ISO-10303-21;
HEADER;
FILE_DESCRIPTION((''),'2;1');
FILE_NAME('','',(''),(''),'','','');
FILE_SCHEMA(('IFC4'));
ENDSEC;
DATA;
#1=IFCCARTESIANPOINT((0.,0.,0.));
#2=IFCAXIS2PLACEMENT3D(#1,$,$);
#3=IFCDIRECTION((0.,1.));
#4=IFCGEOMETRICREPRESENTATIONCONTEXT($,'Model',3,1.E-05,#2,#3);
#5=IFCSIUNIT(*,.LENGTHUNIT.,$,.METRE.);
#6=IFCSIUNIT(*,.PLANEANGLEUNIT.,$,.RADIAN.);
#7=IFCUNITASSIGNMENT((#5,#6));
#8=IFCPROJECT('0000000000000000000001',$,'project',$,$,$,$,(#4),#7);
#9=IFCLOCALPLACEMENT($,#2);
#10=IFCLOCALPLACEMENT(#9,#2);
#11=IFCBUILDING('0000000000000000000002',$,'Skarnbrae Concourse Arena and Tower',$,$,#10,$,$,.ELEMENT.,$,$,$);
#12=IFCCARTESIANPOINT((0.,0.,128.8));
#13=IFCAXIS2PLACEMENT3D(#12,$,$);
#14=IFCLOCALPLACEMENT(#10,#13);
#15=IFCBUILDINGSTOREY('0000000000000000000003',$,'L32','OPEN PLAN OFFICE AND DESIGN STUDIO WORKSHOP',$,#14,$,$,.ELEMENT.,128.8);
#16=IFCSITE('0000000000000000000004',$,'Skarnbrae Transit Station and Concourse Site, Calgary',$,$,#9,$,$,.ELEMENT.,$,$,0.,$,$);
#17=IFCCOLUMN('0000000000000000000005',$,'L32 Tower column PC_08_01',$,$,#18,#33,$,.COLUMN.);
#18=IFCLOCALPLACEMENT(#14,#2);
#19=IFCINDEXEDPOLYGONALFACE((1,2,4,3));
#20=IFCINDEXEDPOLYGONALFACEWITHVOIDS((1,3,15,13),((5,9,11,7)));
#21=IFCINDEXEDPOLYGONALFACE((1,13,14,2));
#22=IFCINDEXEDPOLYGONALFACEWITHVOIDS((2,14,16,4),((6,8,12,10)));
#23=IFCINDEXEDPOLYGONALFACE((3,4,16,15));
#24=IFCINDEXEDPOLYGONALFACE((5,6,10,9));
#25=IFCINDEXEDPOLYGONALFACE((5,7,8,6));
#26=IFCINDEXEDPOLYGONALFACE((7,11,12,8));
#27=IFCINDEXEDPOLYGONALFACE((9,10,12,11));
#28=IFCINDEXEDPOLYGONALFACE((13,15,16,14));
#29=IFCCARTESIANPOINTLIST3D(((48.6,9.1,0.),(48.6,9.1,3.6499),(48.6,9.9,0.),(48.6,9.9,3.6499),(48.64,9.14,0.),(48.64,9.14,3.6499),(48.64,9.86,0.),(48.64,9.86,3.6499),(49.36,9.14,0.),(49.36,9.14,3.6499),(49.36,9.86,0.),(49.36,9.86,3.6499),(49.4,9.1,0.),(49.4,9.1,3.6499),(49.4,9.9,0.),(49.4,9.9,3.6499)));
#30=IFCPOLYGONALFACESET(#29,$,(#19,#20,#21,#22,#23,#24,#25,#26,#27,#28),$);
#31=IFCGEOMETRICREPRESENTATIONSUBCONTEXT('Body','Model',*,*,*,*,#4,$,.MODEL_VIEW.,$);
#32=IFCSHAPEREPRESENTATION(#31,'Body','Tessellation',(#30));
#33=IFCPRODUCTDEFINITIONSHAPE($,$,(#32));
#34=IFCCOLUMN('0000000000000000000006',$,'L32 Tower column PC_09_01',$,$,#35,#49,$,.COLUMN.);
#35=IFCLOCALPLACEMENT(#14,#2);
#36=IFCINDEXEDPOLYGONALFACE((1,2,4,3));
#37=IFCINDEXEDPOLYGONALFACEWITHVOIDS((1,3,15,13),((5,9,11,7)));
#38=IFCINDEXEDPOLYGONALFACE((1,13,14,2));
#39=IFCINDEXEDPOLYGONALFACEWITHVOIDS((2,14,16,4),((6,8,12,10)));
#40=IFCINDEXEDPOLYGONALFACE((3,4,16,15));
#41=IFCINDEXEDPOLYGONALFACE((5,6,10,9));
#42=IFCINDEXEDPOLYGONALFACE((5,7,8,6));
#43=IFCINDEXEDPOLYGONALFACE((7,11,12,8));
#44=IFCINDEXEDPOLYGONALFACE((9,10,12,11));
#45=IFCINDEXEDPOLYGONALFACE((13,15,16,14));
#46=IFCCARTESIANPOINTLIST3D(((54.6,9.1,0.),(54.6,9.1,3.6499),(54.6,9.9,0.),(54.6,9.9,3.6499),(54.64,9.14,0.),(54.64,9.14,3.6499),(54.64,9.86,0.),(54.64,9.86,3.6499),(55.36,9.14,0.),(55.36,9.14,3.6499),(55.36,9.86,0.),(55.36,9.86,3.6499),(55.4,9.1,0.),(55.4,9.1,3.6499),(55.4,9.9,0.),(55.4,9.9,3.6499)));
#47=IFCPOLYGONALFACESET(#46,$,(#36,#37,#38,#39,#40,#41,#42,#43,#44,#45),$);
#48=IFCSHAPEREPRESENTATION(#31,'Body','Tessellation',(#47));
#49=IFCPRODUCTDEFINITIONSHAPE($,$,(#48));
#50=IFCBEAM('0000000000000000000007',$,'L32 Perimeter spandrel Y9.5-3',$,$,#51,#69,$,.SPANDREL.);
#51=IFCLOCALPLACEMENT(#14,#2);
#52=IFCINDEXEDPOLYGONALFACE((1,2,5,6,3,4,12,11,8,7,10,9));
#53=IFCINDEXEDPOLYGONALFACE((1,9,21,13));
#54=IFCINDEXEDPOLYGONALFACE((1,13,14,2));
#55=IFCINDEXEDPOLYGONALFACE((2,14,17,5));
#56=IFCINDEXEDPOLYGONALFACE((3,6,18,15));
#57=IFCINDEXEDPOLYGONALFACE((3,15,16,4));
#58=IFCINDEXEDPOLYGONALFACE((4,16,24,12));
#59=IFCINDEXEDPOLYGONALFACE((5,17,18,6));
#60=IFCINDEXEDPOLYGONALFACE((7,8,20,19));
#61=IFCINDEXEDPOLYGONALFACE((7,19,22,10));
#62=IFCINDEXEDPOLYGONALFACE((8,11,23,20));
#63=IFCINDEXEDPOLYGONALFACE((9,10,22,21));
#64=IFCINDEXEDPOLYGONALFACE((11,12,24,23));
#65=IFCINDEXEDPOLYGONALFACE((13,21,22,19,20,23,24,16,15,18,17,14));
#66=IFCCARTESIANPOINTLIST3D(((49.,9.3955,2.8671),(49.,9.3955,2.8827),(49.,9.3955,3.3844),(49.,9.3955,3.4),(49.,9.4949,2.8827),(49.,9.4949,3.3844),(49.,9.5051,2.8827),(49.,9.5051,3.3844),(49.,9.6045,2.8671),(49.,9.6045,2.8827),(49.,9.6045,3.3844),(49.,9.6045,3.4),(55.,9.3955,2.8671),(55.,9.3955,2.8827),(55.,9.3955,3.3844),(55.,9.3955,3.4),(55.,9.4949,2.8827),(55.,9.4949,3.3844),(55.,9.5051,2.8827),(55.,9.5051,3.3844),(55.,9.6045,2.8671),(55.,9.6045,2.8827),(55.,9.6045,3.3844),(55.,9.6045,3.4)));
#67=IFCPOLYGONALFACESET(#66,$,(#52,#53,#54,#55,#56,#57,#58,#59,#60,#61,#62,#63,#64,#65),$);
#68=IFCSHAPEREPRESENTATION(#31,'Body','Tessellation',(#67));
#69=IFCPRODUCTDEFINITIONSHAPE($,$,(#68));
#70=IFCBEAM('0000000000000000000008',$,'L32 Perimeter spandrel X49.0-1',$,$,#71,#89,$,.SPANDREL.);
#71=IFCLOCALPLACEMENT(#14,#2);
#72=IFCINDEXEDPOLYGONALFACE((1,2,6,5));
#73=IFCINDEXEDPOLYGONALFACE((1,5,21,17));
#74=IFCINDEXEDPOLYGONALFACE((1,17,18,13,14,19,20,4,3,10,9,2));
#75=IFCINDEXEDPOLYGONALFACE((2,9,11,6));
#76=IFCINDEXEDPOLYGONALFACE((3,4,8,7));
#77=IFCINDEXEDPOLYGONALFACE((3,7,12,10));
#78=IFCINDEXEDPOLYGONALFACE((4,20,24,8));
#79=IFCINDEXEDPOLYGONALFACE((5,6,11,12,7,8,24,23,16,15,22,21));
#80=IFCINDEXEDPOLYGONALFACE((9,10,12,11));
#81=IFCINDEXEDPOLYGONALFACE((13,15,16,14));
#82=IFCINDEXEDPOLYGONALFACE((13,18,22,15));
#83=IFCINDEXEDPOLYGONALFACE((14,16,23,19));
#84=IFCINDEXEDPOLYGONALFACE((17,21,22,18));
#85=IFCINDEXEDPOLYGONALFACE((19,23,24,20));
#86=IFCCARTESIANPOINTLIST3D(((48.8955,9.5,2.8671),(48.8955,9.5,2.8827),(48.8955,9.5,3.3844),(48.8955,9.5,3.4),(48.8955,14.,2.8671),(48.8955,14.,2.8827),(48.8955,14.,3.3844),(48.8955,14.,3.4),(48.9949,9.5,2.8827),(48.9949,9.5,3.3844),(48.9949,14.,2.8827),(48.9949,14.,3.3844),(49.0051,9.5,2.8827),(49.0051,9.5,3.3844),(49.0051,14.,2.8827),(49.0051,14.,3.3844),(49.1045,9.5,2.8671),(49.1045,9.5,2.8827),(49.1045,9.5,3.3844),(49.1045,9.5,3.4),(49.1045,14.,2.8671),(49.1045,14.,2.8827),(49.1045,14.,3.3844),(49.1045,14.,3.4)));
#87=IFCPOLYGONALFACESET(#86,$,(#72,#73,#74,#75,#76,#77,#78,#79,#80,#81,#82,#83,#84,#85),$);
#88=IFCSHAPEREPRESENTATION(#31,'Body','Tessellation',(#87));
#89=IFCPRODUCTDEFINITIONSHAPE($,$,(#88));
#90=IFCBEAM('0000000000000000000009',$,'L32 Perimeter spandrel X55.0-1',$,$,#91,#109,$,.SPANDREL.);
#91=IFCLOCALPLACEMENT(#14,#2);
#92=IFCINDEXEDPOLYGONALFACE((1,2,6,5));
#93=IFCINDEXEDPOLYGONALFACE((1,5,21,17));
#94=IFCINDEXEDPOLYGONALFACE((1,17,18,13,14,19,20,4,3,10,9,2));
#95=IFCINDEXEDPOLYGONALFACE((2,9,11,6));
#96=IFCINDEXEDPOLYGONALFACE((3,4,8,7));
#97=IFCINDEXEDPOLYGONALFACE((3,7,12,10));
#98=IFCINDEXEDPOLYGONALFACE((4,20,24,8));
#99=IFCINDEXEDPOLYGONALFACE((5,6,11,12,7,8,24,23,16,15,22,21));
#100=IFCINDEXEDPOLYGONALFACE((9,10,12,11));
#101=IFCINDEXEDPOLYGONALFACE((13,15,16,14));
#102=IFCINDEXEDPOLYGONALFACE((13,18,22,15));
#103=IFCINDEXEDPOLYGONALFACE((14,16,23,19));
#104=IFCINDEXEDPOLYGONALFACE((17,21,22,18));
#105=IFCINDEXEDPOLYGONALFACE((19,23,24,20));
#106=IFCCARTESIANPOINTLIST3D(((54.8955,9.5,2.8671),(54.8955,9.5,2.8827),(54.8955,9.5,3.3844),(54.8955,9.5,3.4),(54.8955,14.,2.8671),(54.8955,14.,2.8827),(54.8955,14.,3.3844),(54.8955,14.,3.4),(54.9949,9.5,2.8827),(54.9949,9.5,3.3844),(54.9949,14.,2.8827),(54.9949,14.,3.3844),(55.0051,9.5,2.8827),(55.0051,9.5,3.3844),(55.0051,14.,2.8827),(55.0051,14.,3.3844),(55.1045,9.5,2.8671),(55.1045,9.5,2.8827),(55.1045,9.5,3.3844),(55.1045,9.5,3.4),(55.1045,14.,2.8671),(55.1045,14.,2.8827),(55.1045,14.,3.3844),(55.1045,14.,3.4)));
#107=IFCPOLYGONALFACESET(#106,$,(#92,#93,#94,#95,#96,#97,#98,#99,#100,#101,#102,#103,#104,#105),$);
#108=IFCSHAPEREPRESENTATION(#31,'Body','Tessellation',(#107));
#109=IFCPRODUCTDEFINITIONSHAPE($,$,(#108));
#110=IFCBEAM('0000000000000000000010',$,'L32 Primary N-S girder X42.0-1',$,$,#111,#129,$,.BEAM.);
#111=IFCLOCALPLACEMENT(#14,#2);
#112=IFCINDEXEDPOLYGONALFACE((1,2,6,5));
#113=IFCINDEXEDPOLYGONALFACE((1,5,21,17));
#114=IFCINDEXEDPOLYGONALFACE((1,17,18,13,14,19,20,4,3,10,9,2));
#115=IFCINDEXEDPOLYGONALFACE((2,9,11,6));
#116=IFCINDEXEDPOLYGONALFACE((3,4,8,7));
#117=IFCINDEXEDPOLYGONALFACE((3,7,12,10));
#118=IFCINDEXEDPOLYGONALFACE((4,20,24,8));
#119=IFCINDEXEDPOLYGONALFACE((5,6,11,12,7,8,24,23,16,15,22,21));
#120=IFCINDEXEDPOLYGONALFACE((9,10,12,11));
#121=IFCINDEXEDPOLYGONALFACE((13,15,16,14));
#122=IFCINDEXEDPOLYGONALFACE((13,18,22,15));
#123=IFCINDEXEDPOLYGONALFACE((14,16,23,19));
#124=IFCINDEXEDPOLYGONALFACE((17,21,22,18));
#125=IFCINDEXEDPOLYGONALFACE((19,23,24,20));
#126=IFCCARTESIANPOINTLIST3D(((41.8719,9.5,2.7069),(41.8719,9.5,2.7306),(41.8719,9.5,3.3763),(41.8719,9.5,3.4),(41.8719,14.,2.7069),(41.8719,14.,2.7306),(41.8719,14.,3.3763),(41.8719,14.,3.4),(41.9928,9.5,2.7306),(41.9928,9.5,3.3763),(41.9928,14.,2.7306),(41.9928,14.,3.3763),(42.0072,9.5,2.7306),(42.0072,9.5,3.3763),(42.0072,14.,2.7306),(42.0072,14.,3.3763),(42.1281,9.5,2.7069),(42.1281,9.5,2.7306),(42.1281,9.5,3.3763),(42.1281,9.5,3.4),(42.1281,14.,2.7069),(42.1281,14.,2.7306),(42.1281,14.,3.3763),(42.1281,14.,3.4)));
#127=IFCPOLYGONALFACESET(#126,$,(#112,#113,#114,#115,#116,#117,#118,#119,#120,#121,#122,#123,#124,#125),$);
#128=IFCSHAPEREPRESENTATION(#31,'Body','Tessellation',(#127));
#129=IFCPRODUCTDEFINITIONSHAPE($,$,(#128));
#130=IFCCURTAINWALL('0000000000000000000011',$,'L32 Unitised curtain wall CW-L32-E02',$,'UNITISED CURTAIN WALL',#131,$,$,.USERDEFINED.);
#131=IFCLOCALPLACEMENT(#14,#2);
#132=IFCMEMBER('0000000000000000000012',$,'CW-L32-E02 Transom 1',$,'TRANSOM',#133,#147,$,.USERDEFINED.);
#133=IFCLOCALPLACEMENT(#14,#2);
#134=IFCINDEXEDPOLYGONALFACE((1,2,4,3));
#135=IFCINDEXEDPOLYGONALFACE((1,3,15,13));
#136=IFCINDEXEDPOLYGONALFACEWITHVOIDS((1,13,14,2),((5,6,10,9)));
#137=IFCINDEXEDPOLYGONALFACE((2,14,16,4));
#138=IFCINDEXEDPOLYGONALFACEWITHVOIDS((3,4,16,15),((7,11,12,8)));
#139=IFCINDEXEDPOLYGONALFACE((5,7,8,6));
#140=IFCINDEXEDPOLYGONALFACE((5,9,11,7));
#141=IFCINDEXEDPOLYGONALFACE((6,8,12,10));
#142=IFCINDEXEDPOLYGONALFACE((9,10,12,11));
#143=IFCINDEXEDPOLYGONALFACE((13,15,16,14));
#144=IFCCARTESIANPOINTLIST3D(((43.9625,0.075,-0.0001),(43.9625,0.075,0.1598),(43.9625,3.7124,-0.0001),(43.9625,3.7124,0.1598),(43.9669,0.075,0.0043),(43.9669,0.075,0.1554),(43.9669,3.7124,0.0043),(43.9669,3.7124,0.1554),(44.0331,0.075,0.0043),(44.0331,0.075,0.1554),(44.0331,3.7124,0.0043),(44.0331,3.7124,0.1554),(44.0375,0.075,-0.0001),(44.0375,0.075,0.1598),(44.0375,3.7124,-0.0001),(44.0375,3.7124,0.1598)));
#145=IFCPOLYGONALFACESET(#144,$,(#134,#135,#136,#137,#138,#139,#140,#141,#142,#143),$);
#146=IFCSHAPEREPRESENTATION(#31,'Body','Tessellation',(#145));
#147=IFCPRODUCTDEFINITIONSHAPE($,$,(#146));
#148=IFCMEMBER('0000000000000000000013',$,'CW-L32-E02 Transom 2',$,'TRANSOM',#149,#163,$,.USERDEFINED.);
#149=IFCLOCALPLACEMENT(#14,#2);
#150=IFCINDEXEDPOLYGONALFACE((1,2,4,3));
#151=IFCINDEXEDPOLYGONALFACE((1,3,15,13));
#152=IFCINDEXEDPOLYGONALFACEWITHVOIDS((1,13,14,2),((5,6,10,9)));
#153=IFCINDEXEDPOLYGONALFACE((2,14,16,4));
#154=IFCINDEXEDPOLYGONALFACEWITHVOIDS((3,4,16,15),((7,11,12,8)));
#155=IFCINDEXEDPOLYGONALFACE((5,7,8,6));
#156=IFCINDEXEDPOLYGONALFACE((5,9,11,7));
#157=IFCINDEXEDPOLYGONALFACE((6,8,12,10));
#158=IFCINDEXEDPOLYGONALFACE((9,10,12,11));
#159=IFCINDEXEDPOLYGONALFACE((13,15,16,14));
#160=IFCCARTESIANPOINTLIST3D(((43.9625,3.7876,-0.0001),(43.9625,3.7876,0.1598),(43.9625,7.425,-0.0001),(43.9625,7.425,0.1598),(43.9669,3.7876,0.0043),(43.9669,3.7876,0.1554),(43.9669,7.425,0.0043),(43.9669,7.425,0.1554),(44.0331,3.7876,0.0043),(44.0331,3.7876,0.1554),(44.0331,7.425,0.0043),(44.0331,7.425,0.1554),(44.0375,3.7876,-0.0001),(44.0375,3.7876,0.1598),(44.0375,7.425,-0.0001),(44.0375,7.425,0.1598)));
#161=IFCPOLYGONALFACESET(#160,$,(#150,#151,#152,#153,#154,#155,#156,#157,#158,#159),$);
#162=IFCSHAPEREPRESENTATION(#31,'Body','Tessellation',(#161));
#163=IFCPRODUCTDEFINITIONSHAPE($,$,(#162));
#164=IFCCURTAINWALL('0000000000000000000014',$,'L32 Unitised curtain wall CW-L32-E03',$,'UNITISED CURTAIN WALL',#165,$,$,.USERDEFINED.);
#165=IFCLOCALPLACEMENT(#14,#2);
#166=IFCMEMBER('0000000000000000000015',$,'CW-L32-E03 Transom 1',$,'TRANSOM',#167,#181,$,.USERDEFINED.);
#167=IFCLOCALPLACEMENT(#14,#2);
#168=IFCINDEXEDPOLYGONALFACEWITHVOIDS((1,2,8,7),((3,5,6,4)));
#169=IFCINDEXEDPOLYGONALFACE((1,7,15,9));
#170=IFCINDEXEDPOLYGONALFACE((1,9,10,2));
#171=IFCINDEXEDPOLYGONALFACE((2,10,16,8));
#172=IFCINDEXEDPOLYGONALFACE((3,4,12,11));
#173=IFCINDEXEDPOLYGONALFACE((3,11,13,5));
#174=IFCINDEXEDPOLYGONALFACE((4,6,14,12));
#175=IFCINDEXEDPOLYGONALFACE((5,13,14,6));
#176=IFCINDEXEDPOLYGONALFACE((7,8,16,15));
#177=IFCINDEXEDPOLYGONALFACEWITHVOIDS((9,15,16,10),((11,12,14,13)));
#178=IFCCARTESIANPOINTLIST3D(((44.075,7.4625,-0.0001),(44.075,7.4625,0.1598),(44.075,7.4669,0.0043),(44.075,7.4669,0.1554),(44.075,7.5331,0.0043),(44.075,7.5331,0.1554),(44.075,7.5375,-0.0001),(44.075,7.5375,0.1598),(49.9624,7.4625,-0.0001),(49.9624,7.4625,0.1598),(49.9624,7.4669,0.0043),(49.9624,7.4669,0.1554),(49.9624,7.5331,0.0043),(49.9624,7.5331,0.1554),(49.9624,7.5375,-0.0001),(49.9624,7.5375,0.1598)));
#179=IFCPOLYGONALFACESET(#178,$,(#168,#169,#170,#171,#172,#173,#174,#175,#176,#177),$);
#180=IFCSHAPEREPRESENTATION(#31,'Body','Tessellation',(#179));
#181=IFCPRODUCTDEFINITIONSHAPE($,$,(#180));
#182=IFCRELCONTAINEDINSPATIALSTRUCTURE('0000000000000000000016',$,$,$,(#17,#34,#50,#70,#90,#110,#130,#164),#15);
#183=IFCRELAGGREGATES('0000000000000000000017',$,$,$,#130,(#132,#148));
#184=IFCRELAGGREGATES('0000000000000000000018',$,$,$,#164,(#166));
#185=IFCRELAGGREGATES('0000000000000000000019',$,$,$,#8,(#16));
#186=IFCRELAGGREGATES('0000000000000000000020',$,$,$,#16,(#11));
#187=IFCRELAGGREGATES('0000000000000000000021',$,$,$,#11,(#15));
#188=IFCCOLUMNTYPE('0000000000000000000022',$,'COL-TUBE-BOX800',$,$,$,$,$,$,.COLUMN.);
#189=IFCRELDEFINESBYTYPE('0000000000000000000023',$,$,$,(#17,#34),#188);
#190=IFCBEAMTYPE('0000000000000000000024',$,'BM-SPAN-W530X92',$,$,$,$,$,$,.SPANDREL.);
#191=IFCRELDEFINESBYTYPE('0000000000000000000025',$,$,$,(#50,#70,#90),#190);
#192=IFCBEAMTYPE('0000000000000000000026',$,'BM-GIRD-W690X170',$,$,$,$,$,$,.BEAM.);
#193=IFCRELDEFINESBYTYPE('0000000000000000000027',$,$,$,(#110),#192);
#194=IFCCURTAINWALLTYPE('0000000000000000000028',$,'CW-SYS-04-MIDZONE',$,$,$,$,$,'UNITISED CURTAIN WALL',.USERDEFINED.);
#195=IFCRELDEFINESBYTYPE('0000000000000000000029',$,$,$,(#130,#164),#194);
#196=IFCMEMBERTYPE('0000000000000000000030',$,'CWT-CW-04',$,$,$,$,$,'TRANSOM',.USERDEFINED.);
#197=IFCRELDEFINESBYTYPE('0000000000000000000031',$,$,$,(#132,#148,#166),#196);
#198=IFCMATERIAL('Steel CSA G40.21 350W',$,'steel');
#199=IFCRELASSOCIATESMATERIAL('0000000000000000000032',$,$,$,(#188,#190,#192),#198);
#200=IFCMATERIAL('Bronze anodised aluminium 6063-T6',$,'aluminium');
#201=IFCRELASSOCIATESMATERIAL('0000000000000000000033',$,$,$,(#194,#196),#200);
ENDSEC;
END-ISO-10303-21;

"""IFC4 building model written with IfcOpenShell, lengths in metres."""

from ifc_helpers import new_model, si_unit, direction, frame, origin, origin_2d, place, context, subcontext, project, spatial, hollow_rectangle, i_section, extrude, source, transform, mapped, material, material_profile, profile_set, type_object, element, aggregate, save


model = new_model("IFC4")

# Units and contexts
model_context = context("Model", 3, precision=1e-05, world=origin(), true_north=direction((0.0, 1.0)))
body_context = subcontext(model_context, "Body", "Model", "MODEL_VIEW")
ifc_project = project(units=[si_unit("LENGTHUNIT", "METRE"), si_unit("PLANEANGLEUNIT", "RADIAN")], contexts=[model_context])

# Site, building, storey
site_placement = place(None, origin())
site = spatial("IfcSite", under=ifc_project, at=site_placement, Name="Skarnbrae Transit Station and Concourse Site, Calgary", CompositionType="ELEMENT", RefElevation=0.0)
building_placement = place(site_placement, origin())
building = spatial("IfcBuilding", under=site, at=building_placement, Name="Skarnbrae Concourse Arena and Tower", CompositionType="ELEMENT")
storey_placement = place(building_placement, frame((0.0, 0.0, 128.8)))
storey = spatial("IfcBuildingStorey", under=building, at=storey_placement, Name="L32", Description="OPEN PLAN OFFICE AND DESIGN STUDIO WORKSHOP", CompositionType="ELEMENT", Elevation=128.8)

# Columns
ifc_material_1 = material(Name="Steel CSA G40.21 350W", Category="steel")
ifc_material_profile_1 = material_profile(ifc_material_1, hollow_rectangle(XDim=0.8, YDim=0.8, WallThickness=0.04, at=origin_2d()), Name="BOX800X800X40")
ifc_profile_set_1 = profile_set([ifc_material_profile_1], Name="Steel CSA G40.21 350W")
column_type = type_object("IfcColumnType", Name="COL-TUBE-BOX800", PredefinedType="COLUMN", material=ifc_profile_set_1)
shared_shape_1 = source(origin(), body_context, "Body", "SweptSolid", [
    extrude(hollow_rectangle(XDim=0.8, YDim=0.8, WallThickness=0.04, at=origin_2d()), origin(), (0.0, 0.0, 1.0), 3.6499),
])
for number, where, z_axis, x_axis, name in (
    (1, (49.0, 9.5, 0.0), (0.0, 0.0, 1.0), (1.0, 0.0, 0.0), "L32 Tower column PC_08_01"),
    (2, (55.0, 9.5, 0.0), (0.0, 0.0, 1.0), (1.0, 0.0, 0.0), "L32 Tower column PC_09_01"),
):
    element("IfcColumn", number, at=place(storey_placement, frame(where, z_axis=z_axis, x_axis=x_axis)), inside=storey, type_object=column_type, Name=name, PredefinedType="COLUMN", context=body_context, shape_type="MappedRepresentation", body=[
        mapped(shared_shape_1, transform((0.0, 0.0, 0.0))),
    ])

# Beams
ifc_material_profile_2 = material_profile(ifc_material_1, i_section(OverallWidth=0.209, OverallDepth=0.533, WebThickness=0.0103, FlangeThickness=0.0156, at=origin_2d()), Name="W530X92")
ifc_profile_set_2 = profile_set([ifc_material_profile_2], Name="Steel CSA G40.21 350W")
beam_type_1 = type_object("IfcBeamType", Name="BM-SPAN-W530X92", PredefinedType="SPANDREL", material=ifc_profile_set_2)
shared_shape_2 = source(origin(), body_context, "Body", "SweptSolid", [
    extrude(i_section(OverallWidth=0.209, OverallDepth=0.533, WebThickness=0.0103, FlangeThickness=0.0156, at=origin_2d()), origin(), (0.0, 0.0, 1.0), 6.0),
])
beam_1_placement = place(storey_placement, frame((49.0, 9.5, 3.1335), z_axis=(1.0, 0.0, 0.0), x_axis=(0.0, 1.0, 0.0)))
element("IfcBeam", 3, at=beam_1_placement, inside=storey, type_object=beam_type_1, Name="L32 Perimeter spandrel Y9.5-3", PredefinedType="SPANDREL", context=body_context, shape_type="MappedRepresentation", body=[
    mapped(shared_shape_2, transform((0.0, 0.0, 0.0))),
])
shared_shape_3 = source(origin(), body_context, "Body", "SweptSolid", [
    extrude(i_section(OverallWidth=0.209, OverallDepth=0.533, WebThickness=0.0103, FlangeThickness=0.0156, at=origin_2d()), origin(), (0.0, 0.0, 1.0), 4.5),
])
for number, where, z_axis, x_axis, name in (
    (4, (49.0, 9.5, 3.1335), (0.0, 1.0, 0.0), (-1.0, 0.0, 0.0), "L32 Perimeter spandrel X49.0-1"),
    (5, (55.0, 9.5, 3.1335), (0.0, 1.0, 0.0), (-1.0, 0.0, 0.0), "L32 Perimeter spandrel X55.0-1"),
):
    element("IfcBeam", number, at=place(storey_placement, frame(where, z_axis=z_axis, x_axis=x_axis)), inside=storey, type_object=beam_type_1, Name=name, PredefinedType="SPANDREL", context=body_context, shape_type="MappedRepresentation", body=[
        mapped(shared_shape_3, transform((0.0, 0.0, 0.0))),
    ])
ifc_material_profile_3 = material_profile(ifc_material_1, i_section(OverallWidth=0.2561, OverallDepth=0.6931, WebThickness=0.0144, FlangeThickness=0.0237, at=origin_2d()), Name="W690X170")
ifc_profile_set_3 = profile_set([ifc_material_profile_3], Name="Steel CSA G40.21 350W")
beam_type_2 = type_object("IfcBeamType", Name="BM-GIRD-W690X170", PredefinedType="BEAM", material=ifc_profile_set_3)
shared_shape_4 = source(origin(), body_context, "Body", "SweptSolid", [
    extrude(i_section(OverallWidth=0.2561, OverallDepth=0.6931, WebThickness=0.0144, FlangeThickness=0.0237, at=origin_2d()), origin(), (0.0, 0.0, 1.0), 4.5),
])
beam_2_placement = place(storey_placement, frame((42.0, 9.5, 3.0535), z_axis=(0.0, 1.0, 0.0), x_axis=(-1.0, 0.0, 0.0)))
element("IfcBeam", 6, at=beam_2_placement, inside=storey, type_object=beam_type_2, Name="L32 Primary N-S girder X42.0-1", PredefinedType="BEAM", context=body_context, shape_type="MappedRepresentation", body=[
    mapped(shared_shape_4, transform((0.0, 0.0, 0.0))),
])

# Curtain walls, members
ifc_material_2 = material(Name="Bronze anodised aluminium 6063-T6", Category="aluminium")
curtain_wall_type = type_object("IfcCurtainWallType", Name="CW-SYS-04-MIDZONE", ElementType="UNITISED CURTAIN WALL", PredefinedType="USERDEFINED", material=ifc_material_2)
curtain_wall_1_placement = place(storey_placement, origin())
curtain_wall_1 = element("IfcCurtainWall", 7, at=curtain_wall_1_placement, inside=storey, type_object=curtain_wall_type, Name="L32 Unitised curtain wall CW-L32-E02", ObjectType="UNITISED CURTAIN WALL", PredefinedType="USERDEFINED")
ifc_material_profile_4 = material_profile(ifc_material_2, hollow_rectangle(XDim=0.075, YDim=0.1599, WallThickness=0.0044, at=origin_2d()), Name="ALU-TRAN-75X160")
ifc_profile_set_4 = profile_set([ifc_material_profile_4], Name="Bronze anodised aluminium 6063-T6")
member_type_1 = type_object("IfcMemberType", Name="CWT-CW-04", ElementType="TRANSOM", PredefinedType="USERDEFINED", material=ifc_profile_set_4)
shared_shape_5 = source(origin(), body_context, "Body", "SweptSolid", [
    extrude(hollow_rectangle(XDim=0.075, YDim=0.1599, WallThickness=0.0044, at=origin_2d()), origin(), (0.0, 0.0, 1.0), 3.6375),
])
member_1_placement = place(storey_placement, frame((44.0, 0.075, 0.0798), z_axis=(0.0, 1.0, 0.0), x_axis=(-1.0, 0.0, 0.0)))
member_1 = element("IfcMember", 8, at=member_1_placement, type_object=member_type_1, Name="CW-L32-E02 Transom 1", ObjectType="TRANSOM", PredefinedType="USERDEFINED", context=body_context, shape_type="MappedRepresentation", body=[
    mapped(shared_shape_5, transform((0.0, 0.0, 0.0))),
])
member_2_placement = place(storey_placement, frame((44.0, 3.7876, 0.0798), z_axis=(0.0, 1.0, 0.0), x_axis=(-1.0, 0.0, 0.0)))
member_2 = element("IfcMember", 9, at=member_2_placement, type_object=member_type_1, Name="CW-L32-E02 Transom 2", ObjectType="TRANSOM", PredefinedType="USERDEFINED", context=body_context, shape_type="MappedRepresentation", body=[
    mapped(shared_shape_5, transform((0.0, 0.0, 0.0))),
])
curtain_wall_2_placement = place(storey_placement, origin())
curtain_wall_2 = element("IfcCurtainWall", 10, at=curtain_wall_2_placement, inside=storey, type_object=curtain_wall_type, Name="L32 Unitised curtain wall CW-L32-E03", ObjectType="UNITISED CURTAIN WALL", PredefinedType="USERDEFINED")
shared_shape_6 = source(origin(), body_context, "Body", "SweptSolid", [
    extrude(hollow_rectangle(XDim=0.075, YDim=0.1599, WallThickness=0.0044, at=origin_2d()), origin(), (0.0, 0.0, 1.0), 5.8875),
])
member_3_placement = place(storey_placement, frame((44.075, 7.5, 0.0798), z_axis=(1.0, 0.0, 0.0), x_axis=(0.0, 1.0, 0.0)))
member_3 = element("IfcMember", 11, at=member_3_placement, type_object=member_type_1, Name="CW-L32-E03 Transom 1", ObjectType="TRANSOM", PredefinedType="USERDEFINED", context=body_context, shape_type="MappedRepresentation", body=[
    mapped(shared_shape_6, transform((0.0, 0.0, 0.0))),
])

aggregate(curtain_wall_1, [member_1, member_2])
aggregate(curtain_wall_2, [member_3])

save(model, "model.ifc")
